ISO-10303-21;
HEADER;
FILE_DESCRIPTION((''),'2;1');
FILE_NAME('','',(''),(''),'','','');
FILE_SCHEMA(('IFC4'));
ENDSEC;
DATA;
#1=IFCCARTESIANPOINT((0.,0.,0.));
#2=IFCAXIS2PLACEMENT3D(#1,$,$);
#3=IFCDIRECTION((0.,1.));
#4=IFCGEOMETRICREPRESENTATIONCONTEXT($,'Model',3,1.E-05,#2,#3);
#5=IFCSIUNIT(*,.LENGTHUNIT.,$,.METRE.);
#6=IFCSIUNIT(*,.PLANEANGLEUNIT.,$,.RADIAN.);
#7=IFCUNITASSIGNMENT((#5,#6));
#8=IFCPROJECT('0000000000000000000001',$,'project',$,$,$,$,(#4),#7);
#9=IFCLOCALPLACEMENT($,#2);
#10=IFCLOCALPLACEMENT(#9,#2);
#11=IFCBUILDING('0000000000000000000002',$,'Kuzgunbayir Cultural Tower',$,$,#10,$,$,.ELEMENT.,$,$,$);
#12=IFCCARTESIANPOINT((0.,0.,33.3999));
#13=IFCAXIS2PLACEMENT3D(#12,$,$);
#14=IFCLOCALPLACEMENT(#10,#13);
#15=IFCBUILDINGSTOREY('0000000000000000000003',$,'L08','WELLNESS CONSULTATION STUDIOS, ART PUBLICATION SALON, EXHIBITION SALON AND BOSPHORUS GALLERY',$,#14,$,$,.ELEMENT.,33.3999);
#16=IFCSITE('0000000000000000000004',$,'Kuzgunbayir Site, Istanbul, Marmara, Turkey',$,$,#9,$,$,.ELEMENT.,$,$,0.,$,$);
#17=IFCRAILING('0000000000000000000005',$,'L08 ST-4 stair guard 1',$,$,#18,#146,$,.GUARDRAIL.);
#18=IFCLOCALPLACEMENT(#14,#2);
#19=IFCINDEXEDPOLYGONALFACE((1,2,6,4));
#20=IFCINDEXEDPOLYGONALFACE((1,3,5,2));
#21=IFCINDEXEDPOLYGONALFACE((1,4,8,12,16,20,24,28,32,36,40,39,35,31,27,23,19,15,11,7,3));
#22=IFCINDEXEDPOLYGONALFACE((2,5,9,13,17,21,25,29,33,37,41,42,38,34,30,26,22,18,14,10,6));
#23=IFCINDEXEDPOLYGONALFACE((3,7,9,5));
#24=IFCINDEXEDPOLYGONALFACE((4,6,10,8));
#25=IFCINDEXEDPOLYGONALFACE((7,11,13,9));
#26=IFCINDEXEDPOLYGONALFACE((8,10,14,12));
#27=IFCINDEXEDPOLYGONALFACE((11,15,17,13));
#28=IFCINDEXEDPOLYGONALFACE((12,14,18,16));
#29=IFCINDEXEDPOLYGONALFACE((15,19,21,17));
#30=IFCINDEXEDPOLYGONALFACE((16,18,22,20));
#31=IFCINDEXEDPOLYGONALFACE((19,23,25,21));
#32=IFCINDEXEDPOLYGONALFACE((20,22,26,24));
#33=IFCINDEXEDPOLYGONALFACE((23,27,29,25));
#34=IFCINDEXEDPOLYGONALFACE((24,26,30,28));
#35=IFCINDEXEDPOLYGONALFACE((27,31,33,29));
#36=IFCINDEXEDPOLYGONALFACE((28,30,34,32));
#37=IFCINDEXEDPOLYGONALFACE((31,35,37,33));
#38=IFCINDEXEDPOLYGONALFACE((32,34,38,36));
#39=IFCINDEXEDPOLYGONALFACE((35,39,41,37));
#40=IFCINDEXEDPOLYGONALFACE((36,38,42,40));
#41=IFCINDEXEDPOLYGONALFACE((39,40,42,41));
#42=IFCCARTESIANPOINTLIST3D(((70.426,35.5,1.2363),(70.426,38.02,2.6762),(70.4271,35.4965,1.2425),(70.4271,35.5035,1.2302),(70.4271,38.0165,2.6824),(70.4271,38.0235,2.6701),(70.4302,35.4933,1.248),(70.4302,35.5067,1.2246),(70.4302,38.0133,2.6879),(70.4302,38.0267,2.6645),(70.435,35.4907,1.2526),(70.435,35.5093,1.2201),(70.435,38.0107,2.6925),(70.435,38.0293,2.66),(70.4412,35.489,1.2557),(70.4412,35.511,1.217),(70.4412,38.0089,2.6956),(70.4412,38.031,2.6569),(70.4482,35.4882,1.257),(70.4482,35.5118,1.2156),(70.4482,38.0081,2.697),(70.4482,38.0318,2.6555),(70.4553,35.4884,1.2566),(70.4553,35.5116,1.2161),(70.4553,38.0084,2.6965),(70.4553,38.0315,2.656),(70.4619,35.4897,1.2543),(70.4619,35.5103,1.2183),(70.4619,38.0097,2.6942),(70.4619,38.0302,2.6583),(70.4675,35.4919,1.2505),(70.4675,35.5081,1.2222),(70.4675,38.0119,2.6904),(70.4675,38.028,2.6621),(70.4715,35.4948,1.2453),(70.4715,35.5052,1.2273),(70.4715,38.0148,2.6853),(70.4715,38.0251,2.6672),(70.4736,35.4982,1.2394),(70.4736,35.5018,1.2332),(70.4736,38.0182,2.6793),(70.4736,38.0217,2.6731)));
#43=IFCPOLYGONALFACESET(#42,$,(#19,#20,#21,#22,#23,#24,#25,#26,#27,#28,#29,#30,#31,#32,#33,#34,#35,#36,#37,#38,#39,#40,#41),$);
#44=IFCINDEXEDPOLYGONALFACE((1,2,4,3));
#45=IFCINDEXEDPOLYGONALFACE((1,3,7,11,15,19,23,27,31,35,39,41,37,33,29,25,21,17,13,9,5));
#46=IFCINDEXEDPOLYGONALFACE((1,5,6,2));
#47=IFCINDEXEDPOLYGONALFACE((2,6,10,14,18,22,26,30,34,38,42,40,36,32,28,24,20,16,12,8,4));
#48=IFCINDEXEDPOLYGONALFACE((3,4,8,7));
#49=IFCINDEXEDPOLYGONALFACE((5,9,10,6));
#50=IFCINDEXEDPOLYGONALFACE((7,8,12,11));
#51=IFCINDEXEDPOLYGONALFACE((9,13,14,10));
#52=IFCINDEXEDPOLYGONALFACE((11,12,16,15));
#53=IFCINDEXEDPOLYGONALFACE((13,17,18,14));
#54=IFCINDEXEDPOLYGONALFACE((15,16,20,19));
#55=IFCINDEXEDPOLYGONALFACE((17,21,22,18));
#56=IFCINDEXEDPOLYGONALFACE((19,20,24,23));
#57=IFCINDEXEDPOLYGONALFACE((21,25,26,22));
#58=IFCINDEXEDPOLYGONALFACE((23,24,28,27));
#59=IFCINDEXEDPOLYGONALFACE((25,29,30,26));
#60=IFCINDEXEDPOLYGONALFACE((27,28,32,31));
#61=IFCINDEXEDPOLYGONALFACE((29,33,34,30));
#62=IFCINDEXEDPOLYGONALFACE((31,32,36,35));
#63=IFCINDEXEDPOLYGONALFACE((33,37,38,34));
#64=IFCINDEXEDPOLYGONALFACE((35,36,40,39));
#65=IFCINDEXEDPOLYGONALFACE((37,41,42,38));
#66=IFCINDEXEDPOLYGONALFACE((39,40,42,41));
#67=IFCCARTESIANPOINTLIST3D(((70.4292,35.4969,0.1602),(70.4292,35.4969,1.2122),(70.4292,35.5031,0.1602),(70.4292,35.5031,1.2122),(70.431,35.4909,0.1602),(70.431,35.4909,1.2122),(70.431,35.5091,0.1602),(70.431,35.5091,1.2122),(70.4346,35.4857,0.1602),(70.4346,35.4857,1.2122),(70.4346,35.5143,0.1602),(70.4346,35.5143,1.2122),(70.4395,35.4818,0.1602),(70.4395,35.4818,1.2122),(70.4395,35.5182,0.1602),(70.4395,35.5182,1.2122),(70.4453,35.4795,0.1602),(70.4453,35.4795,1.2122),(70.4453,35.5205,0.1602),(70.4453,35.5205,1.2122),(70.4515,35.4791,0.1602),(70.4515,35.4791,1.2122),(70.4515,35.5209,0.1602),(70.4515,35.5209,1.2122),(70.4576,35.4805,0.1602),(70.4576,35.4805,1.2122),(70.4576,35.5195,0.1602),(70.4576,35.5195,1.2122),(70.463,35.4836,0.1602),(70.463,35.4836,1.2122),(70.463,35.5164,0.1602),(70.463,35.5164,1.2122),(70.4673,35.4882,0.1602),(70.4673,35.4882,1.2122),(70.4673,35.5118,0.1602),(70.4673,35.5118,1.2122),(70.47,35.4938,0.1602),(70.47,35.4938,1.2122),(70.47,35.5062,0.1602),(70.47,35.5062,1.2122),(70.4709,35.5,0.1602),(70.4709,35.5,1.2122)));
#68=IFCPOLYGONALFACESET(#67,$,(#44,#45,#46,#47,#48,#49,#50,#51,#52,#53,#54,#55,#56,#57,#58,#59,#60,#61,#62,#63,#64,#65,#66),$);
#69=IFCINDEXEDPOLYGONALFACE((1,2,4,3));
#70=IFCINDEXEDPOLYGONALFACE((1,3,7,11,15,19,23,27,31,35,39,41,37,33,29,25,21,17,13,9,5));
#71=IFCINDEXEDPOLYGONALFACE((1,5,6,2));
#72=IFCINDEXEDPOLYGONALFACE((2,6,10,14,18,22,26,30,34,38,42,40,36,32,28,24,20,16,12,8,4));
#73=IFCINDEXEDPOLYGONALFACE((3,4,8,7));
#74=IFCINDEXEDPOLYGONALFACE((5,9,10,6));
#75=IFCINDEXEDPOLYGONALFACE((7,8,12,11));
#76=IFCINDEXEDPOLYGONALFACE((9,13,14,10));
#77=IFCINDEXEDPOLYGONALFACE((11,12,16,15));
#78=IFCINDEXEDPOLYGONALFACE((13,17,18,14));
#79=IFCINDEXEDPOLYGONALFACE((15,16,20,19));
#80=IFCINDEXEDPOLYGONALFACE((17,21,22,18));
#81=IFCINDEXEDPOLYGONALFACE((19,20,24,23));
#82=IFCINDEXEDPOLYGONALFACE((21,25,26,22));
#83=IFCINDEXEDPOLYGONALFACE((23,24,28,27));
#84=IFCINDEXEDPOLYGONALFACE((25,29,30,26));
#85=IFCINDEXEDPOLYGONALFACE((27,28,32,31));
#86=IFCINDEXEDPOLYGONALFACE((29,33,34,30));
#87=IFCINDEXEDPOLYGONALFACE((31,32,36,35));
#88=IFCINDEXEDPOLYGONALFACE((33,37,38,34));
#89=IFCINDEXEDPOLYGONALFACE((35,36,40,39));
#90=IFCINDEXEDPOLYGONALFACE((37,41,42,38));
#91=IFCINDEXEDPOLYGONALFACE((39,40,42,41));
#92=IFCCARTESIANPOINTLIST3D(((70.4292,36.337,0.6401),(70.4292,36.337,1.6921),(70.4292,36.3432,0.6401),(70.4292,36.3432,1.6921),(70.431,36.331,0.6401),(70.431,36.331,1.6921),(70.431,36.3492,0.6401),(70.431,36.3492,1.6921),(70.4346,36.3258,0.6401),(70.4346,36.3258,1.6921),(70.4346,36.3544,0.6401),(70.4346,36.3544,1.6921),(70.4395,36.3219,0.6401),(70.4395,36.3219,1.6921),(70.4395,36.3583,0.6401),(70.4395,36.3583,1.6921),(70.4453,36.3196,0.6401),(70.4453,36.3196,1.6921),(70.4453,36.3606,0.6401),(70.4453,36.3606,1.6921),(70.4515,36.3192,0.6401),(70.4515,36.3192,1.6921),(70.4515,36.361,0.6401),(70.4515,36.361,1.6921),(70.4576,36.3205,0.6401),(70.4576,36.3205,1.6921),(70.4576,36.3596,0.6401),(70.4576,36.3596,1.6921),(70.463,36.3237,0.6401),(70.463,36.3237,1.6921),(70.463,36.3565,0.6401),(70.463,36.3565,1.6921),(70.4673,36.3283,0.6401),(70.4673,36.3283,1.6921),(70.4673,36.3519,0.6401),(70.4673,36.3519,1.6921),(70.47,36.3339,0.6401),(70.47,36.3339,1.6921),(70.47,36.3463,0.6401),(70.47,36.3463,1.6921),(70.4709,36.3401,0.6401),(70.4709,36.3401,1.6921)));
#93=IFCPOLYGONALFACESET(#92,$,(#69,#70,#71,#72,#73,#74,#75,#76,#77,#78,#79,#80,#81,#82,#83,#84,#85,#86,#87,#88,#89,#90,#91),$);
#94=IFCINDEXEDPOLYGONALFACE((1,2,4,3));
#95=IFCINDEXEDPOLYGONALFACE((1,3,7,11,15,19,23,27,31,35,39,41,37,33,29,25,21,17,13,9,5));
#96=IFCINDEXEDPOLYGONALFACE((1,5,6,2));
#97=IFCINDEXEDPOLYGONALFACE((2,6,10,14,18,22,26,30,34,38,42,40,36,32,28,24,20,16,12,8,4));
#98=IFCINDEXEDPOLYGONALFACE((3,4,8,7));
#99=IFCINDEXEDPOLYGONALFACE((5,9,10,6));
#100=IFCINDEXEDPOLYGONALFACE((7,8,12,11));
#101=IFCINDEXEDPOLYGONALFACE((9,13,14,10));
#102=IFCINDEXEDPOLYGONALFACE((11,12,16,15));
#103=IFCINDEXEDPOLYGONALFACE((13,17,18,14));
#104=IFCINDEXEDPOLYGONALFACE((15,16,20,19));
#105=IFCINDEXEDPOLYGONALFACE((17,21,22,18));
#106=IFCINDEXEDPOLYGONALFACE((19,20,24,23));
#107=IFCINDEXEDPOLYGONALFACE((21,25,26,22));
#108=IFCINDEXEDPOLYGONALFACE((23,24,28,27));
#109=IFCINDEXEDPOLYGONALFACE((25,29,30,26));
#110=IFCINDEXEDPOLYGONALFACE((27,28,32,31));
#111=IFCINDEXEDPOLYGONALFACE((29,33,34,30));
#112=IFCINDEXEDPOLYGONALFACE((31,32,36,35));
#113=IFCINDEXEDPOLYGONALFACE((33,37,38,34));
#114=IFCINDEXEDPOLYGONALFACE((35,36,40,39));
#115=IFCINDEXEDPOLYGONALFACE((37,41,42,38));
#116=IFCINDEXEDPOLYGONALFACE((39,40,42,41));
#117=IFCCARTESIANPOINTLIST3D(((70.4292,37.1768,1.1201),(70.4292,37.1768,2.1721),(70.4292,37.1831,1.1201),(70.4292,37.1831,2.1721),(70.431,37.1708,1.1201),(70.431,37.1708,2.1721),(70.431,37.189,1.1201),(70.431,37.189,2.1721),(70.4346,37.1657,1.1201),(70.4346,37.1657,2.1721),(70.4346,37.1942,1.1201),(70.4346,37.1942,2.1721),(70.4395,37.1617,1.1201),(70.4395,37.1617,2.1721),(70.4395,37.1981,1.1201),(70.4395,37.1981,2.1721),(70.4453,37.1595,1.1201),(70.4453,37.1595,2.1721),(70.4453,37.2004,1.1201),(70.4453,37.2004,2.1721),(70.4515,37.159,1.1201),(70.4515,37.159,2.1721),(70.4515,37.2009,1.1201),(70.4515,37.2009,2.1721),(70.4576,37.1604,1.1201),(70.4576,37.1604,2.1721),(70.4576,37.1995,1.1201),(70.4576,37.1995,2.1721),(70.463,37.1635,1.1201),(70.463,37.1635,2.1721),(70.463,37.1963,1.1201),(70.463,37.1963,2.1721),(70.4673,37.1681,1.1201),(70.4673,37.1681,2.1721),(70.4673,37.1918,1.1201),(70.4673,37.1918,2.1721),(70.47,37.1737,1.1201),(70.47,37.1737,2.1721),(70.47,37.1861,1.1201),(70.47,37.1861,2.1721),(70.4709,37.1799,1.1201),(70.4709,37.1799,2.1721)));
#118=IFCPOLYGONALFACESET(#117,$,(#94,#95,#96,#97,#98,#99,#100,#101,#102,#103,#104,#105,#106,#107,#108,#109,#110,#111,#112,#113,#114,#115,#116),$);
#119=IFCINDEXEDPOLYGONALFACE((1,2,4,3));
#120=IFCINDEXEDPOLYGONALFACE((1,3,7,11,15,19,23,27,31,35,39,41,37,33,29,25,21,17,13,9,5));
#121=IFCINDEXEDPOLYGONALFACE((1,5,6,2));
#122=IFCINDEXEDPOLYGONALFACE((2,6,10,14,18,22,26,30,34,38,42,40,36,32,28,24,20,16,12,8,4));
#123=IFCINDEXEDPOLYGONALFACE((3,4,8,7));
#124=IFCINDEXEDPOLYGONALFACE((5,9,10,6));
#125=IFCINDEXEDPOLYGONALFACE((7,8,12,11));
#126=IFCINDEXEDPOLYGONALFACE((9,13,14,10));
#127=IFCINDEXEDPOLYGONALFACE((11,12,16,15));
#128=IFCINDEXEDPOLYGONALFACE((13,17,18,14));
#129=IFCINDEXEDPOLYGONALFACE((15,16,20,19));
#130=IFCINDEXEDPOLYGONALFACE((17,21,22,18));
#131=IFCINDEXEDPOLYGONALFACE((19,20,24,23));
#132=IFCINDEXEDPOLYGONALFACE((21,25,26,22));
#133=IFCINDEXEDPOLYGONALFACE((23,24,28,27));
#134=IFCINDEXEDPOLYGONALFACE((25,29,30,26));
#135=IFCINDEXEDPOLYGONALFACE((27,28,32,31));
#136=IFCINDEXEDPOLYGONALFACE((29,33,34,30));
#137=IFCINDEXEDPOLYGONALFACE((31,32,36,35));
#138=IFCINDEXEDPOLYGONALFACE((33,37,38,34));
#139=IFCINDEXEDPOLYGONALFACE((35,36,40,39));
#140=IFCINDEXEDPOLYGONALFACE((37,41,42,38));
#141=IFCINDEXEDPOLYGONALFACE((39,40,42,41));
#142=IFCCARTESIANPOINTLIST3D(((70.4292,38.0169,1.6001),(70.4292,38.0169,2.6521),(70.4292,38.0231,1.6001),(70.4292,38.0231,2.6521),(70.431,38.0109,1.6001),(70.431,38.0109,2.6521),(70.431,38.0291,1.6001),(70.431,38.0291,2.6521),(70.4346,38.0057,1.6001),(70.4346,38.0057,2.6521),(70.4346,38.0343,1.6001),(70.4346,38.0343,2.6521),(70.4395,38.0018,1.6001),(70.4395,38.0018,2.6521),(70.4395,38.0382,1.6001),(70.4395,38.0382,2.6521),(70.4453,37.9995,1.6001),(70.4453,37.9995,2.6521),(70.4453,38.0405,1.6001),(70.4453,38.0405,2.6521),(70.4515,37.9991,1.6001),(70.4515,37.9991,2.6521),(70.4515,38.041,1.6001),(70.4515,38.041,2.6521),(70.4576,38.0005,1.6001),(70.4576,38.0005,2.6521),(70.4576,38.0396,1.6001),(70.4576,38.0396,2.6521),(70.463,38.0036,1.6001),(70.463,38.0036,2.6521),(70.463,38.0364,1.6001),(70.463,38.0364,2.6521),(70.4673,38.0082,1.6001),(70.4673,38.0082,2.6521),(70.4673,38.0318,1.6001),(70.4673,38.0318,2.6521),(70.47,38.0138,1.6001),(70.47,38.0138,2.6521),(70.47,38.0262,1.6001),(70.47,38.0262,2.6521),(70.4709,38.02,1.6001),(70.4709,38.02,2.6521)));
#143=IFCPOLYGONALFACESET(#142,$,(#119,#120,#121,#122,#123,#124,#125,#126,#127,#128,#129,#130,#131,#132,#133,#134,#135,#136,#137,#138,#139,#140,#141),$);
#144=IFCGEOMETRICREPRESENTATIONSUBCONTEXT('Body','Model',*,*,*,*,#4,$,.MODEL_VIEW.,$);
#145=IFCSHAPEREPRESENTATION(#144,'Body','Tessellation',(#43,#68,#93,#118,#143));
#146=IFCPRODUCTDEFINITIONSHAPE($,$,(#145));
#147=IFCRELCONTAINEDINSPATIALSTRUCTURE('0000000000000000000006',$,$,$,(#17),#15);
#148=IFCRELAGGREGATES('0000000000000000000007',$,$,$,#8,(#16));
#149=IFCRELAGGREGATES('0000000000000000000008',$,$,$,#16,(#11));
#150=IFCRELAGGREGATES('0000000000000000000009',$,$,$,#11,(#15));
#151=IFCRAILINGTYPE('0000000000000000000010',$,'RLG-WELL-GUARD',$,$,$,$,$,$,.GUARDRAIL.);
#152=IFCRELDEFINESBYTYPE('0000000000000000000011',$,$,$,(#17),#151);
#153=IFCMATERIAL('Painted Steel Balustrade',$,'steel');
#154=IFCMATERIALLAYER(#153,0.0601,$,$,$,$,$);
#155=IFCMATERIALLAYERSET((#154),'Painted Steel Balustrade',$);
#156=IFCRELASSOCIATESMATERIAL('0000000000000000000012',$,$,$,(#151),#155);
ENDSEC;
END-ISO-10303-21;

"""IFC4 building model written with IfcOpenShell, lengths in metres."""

from ifc_helpers import new_model, si_unit, direction, frame, origin, origin_2d, place, context, subcontext, project, spatial, circle, extrude, material, layer, layer_set, type_object, element, save


model = new_model("IFC4")

# Units and contexts
model_context = context("Model", 3, precision=1e-05, world=origin(), true_north=direction((0.0, 1.0)))
body_context = subcontext(model_context, "Body", "Model", "MODEL_VIEW")
ifc_project = project(units=[si_unit("LENGTHUNIT", "METRE"), si_unit("PLANEANGLEUNIT", "RADIAN")], contexts=[model_context])

# Site, building, storey
site_placement = place(None, origin())
site = spatial("IfcSite", under=ifc_project, at=site_placement, Name="Kuzgunbayir Site, Istanbul, Marmara, Turkey", CompositionType="ELEMENT", RefElevation=0.0)
building_placement = place(site_placement, origin())
building = spatial("IfcBuilding", under=site, at=building_placement, Name="Kuzgunbayir Cultural Tower", CompositionType="ELEMENT")
storey_placement = place(building_placement, frame((0.0, 0.0, 33.3999)))
storey = spatial("IfcBuildingStorey", under=building, at=storey_placement, Name="L08", Description="WELLNESS CONSULTATION STUDIOS, ART PUBLICATION SALON, EXHIBITION SALON AND BOSPHORUS GALLERY", CompositionType="ELEMENT", Elevation=33.3999)

# Railing
ifc_material_1 = material(Name="Painted Steel Balustrade", Category="steel")
ifc_layer_1 = layer(ifc_material_1, 0.0601)
ifc_layer_set_1 = layer_set([ifc_layer_1], Name="Painted Steel Balustrade")
railing_type_1 = type_object("IfcRailingType", Name="RLG-WELL-GUARD", PredefinedType="GUARDRAIL", material=ifc_layer_set_1)
railing_1_placement = place(storey_placement, frame((70.45, 35.5, 0.1602)))
element("IfcRailing", 1, at=railing_1_placement, inside=storey, type_object=railing_type_1, Name="L08 ST-4 stair guard 1", PredefinedType="GUARDRAIL", context=body_context, shape_type="SweptSolid", body=[
    extrude(circle(Radius=0.0239, at=origin_2d()), frame((0.0, 0.0, 1.0762), z_axis=(0.0, 0.868253, 0.496121), x_axis=(-1.0, 0.0, 0.0)), (0.0, 0.0, 1.0), 2.9023),
    extrude(circle(Radius=0.021, at=origin_2d()), origin(), (0.0, 0.0, 1.0), 1.052),
    extrude(circle(Radius=0.021, at=origin_2d()), frame((0.0, 0.8401, 0.48)), (0.0, 0.0, 1.0), 1.052),
    extrude(circle(Radius=0.021, at=origin_2d()), frame((0.0, 1.6799, 0.96)), (0.0, 0.0, 1.0), 1.052),
    extrude(circle(Radius=0.021, at=origin_2d()), frame((0.0, 2.52, 1.4399)), (0.0, 0.0, 1.0), 1.052),
])

save(model, "model.ifc")
